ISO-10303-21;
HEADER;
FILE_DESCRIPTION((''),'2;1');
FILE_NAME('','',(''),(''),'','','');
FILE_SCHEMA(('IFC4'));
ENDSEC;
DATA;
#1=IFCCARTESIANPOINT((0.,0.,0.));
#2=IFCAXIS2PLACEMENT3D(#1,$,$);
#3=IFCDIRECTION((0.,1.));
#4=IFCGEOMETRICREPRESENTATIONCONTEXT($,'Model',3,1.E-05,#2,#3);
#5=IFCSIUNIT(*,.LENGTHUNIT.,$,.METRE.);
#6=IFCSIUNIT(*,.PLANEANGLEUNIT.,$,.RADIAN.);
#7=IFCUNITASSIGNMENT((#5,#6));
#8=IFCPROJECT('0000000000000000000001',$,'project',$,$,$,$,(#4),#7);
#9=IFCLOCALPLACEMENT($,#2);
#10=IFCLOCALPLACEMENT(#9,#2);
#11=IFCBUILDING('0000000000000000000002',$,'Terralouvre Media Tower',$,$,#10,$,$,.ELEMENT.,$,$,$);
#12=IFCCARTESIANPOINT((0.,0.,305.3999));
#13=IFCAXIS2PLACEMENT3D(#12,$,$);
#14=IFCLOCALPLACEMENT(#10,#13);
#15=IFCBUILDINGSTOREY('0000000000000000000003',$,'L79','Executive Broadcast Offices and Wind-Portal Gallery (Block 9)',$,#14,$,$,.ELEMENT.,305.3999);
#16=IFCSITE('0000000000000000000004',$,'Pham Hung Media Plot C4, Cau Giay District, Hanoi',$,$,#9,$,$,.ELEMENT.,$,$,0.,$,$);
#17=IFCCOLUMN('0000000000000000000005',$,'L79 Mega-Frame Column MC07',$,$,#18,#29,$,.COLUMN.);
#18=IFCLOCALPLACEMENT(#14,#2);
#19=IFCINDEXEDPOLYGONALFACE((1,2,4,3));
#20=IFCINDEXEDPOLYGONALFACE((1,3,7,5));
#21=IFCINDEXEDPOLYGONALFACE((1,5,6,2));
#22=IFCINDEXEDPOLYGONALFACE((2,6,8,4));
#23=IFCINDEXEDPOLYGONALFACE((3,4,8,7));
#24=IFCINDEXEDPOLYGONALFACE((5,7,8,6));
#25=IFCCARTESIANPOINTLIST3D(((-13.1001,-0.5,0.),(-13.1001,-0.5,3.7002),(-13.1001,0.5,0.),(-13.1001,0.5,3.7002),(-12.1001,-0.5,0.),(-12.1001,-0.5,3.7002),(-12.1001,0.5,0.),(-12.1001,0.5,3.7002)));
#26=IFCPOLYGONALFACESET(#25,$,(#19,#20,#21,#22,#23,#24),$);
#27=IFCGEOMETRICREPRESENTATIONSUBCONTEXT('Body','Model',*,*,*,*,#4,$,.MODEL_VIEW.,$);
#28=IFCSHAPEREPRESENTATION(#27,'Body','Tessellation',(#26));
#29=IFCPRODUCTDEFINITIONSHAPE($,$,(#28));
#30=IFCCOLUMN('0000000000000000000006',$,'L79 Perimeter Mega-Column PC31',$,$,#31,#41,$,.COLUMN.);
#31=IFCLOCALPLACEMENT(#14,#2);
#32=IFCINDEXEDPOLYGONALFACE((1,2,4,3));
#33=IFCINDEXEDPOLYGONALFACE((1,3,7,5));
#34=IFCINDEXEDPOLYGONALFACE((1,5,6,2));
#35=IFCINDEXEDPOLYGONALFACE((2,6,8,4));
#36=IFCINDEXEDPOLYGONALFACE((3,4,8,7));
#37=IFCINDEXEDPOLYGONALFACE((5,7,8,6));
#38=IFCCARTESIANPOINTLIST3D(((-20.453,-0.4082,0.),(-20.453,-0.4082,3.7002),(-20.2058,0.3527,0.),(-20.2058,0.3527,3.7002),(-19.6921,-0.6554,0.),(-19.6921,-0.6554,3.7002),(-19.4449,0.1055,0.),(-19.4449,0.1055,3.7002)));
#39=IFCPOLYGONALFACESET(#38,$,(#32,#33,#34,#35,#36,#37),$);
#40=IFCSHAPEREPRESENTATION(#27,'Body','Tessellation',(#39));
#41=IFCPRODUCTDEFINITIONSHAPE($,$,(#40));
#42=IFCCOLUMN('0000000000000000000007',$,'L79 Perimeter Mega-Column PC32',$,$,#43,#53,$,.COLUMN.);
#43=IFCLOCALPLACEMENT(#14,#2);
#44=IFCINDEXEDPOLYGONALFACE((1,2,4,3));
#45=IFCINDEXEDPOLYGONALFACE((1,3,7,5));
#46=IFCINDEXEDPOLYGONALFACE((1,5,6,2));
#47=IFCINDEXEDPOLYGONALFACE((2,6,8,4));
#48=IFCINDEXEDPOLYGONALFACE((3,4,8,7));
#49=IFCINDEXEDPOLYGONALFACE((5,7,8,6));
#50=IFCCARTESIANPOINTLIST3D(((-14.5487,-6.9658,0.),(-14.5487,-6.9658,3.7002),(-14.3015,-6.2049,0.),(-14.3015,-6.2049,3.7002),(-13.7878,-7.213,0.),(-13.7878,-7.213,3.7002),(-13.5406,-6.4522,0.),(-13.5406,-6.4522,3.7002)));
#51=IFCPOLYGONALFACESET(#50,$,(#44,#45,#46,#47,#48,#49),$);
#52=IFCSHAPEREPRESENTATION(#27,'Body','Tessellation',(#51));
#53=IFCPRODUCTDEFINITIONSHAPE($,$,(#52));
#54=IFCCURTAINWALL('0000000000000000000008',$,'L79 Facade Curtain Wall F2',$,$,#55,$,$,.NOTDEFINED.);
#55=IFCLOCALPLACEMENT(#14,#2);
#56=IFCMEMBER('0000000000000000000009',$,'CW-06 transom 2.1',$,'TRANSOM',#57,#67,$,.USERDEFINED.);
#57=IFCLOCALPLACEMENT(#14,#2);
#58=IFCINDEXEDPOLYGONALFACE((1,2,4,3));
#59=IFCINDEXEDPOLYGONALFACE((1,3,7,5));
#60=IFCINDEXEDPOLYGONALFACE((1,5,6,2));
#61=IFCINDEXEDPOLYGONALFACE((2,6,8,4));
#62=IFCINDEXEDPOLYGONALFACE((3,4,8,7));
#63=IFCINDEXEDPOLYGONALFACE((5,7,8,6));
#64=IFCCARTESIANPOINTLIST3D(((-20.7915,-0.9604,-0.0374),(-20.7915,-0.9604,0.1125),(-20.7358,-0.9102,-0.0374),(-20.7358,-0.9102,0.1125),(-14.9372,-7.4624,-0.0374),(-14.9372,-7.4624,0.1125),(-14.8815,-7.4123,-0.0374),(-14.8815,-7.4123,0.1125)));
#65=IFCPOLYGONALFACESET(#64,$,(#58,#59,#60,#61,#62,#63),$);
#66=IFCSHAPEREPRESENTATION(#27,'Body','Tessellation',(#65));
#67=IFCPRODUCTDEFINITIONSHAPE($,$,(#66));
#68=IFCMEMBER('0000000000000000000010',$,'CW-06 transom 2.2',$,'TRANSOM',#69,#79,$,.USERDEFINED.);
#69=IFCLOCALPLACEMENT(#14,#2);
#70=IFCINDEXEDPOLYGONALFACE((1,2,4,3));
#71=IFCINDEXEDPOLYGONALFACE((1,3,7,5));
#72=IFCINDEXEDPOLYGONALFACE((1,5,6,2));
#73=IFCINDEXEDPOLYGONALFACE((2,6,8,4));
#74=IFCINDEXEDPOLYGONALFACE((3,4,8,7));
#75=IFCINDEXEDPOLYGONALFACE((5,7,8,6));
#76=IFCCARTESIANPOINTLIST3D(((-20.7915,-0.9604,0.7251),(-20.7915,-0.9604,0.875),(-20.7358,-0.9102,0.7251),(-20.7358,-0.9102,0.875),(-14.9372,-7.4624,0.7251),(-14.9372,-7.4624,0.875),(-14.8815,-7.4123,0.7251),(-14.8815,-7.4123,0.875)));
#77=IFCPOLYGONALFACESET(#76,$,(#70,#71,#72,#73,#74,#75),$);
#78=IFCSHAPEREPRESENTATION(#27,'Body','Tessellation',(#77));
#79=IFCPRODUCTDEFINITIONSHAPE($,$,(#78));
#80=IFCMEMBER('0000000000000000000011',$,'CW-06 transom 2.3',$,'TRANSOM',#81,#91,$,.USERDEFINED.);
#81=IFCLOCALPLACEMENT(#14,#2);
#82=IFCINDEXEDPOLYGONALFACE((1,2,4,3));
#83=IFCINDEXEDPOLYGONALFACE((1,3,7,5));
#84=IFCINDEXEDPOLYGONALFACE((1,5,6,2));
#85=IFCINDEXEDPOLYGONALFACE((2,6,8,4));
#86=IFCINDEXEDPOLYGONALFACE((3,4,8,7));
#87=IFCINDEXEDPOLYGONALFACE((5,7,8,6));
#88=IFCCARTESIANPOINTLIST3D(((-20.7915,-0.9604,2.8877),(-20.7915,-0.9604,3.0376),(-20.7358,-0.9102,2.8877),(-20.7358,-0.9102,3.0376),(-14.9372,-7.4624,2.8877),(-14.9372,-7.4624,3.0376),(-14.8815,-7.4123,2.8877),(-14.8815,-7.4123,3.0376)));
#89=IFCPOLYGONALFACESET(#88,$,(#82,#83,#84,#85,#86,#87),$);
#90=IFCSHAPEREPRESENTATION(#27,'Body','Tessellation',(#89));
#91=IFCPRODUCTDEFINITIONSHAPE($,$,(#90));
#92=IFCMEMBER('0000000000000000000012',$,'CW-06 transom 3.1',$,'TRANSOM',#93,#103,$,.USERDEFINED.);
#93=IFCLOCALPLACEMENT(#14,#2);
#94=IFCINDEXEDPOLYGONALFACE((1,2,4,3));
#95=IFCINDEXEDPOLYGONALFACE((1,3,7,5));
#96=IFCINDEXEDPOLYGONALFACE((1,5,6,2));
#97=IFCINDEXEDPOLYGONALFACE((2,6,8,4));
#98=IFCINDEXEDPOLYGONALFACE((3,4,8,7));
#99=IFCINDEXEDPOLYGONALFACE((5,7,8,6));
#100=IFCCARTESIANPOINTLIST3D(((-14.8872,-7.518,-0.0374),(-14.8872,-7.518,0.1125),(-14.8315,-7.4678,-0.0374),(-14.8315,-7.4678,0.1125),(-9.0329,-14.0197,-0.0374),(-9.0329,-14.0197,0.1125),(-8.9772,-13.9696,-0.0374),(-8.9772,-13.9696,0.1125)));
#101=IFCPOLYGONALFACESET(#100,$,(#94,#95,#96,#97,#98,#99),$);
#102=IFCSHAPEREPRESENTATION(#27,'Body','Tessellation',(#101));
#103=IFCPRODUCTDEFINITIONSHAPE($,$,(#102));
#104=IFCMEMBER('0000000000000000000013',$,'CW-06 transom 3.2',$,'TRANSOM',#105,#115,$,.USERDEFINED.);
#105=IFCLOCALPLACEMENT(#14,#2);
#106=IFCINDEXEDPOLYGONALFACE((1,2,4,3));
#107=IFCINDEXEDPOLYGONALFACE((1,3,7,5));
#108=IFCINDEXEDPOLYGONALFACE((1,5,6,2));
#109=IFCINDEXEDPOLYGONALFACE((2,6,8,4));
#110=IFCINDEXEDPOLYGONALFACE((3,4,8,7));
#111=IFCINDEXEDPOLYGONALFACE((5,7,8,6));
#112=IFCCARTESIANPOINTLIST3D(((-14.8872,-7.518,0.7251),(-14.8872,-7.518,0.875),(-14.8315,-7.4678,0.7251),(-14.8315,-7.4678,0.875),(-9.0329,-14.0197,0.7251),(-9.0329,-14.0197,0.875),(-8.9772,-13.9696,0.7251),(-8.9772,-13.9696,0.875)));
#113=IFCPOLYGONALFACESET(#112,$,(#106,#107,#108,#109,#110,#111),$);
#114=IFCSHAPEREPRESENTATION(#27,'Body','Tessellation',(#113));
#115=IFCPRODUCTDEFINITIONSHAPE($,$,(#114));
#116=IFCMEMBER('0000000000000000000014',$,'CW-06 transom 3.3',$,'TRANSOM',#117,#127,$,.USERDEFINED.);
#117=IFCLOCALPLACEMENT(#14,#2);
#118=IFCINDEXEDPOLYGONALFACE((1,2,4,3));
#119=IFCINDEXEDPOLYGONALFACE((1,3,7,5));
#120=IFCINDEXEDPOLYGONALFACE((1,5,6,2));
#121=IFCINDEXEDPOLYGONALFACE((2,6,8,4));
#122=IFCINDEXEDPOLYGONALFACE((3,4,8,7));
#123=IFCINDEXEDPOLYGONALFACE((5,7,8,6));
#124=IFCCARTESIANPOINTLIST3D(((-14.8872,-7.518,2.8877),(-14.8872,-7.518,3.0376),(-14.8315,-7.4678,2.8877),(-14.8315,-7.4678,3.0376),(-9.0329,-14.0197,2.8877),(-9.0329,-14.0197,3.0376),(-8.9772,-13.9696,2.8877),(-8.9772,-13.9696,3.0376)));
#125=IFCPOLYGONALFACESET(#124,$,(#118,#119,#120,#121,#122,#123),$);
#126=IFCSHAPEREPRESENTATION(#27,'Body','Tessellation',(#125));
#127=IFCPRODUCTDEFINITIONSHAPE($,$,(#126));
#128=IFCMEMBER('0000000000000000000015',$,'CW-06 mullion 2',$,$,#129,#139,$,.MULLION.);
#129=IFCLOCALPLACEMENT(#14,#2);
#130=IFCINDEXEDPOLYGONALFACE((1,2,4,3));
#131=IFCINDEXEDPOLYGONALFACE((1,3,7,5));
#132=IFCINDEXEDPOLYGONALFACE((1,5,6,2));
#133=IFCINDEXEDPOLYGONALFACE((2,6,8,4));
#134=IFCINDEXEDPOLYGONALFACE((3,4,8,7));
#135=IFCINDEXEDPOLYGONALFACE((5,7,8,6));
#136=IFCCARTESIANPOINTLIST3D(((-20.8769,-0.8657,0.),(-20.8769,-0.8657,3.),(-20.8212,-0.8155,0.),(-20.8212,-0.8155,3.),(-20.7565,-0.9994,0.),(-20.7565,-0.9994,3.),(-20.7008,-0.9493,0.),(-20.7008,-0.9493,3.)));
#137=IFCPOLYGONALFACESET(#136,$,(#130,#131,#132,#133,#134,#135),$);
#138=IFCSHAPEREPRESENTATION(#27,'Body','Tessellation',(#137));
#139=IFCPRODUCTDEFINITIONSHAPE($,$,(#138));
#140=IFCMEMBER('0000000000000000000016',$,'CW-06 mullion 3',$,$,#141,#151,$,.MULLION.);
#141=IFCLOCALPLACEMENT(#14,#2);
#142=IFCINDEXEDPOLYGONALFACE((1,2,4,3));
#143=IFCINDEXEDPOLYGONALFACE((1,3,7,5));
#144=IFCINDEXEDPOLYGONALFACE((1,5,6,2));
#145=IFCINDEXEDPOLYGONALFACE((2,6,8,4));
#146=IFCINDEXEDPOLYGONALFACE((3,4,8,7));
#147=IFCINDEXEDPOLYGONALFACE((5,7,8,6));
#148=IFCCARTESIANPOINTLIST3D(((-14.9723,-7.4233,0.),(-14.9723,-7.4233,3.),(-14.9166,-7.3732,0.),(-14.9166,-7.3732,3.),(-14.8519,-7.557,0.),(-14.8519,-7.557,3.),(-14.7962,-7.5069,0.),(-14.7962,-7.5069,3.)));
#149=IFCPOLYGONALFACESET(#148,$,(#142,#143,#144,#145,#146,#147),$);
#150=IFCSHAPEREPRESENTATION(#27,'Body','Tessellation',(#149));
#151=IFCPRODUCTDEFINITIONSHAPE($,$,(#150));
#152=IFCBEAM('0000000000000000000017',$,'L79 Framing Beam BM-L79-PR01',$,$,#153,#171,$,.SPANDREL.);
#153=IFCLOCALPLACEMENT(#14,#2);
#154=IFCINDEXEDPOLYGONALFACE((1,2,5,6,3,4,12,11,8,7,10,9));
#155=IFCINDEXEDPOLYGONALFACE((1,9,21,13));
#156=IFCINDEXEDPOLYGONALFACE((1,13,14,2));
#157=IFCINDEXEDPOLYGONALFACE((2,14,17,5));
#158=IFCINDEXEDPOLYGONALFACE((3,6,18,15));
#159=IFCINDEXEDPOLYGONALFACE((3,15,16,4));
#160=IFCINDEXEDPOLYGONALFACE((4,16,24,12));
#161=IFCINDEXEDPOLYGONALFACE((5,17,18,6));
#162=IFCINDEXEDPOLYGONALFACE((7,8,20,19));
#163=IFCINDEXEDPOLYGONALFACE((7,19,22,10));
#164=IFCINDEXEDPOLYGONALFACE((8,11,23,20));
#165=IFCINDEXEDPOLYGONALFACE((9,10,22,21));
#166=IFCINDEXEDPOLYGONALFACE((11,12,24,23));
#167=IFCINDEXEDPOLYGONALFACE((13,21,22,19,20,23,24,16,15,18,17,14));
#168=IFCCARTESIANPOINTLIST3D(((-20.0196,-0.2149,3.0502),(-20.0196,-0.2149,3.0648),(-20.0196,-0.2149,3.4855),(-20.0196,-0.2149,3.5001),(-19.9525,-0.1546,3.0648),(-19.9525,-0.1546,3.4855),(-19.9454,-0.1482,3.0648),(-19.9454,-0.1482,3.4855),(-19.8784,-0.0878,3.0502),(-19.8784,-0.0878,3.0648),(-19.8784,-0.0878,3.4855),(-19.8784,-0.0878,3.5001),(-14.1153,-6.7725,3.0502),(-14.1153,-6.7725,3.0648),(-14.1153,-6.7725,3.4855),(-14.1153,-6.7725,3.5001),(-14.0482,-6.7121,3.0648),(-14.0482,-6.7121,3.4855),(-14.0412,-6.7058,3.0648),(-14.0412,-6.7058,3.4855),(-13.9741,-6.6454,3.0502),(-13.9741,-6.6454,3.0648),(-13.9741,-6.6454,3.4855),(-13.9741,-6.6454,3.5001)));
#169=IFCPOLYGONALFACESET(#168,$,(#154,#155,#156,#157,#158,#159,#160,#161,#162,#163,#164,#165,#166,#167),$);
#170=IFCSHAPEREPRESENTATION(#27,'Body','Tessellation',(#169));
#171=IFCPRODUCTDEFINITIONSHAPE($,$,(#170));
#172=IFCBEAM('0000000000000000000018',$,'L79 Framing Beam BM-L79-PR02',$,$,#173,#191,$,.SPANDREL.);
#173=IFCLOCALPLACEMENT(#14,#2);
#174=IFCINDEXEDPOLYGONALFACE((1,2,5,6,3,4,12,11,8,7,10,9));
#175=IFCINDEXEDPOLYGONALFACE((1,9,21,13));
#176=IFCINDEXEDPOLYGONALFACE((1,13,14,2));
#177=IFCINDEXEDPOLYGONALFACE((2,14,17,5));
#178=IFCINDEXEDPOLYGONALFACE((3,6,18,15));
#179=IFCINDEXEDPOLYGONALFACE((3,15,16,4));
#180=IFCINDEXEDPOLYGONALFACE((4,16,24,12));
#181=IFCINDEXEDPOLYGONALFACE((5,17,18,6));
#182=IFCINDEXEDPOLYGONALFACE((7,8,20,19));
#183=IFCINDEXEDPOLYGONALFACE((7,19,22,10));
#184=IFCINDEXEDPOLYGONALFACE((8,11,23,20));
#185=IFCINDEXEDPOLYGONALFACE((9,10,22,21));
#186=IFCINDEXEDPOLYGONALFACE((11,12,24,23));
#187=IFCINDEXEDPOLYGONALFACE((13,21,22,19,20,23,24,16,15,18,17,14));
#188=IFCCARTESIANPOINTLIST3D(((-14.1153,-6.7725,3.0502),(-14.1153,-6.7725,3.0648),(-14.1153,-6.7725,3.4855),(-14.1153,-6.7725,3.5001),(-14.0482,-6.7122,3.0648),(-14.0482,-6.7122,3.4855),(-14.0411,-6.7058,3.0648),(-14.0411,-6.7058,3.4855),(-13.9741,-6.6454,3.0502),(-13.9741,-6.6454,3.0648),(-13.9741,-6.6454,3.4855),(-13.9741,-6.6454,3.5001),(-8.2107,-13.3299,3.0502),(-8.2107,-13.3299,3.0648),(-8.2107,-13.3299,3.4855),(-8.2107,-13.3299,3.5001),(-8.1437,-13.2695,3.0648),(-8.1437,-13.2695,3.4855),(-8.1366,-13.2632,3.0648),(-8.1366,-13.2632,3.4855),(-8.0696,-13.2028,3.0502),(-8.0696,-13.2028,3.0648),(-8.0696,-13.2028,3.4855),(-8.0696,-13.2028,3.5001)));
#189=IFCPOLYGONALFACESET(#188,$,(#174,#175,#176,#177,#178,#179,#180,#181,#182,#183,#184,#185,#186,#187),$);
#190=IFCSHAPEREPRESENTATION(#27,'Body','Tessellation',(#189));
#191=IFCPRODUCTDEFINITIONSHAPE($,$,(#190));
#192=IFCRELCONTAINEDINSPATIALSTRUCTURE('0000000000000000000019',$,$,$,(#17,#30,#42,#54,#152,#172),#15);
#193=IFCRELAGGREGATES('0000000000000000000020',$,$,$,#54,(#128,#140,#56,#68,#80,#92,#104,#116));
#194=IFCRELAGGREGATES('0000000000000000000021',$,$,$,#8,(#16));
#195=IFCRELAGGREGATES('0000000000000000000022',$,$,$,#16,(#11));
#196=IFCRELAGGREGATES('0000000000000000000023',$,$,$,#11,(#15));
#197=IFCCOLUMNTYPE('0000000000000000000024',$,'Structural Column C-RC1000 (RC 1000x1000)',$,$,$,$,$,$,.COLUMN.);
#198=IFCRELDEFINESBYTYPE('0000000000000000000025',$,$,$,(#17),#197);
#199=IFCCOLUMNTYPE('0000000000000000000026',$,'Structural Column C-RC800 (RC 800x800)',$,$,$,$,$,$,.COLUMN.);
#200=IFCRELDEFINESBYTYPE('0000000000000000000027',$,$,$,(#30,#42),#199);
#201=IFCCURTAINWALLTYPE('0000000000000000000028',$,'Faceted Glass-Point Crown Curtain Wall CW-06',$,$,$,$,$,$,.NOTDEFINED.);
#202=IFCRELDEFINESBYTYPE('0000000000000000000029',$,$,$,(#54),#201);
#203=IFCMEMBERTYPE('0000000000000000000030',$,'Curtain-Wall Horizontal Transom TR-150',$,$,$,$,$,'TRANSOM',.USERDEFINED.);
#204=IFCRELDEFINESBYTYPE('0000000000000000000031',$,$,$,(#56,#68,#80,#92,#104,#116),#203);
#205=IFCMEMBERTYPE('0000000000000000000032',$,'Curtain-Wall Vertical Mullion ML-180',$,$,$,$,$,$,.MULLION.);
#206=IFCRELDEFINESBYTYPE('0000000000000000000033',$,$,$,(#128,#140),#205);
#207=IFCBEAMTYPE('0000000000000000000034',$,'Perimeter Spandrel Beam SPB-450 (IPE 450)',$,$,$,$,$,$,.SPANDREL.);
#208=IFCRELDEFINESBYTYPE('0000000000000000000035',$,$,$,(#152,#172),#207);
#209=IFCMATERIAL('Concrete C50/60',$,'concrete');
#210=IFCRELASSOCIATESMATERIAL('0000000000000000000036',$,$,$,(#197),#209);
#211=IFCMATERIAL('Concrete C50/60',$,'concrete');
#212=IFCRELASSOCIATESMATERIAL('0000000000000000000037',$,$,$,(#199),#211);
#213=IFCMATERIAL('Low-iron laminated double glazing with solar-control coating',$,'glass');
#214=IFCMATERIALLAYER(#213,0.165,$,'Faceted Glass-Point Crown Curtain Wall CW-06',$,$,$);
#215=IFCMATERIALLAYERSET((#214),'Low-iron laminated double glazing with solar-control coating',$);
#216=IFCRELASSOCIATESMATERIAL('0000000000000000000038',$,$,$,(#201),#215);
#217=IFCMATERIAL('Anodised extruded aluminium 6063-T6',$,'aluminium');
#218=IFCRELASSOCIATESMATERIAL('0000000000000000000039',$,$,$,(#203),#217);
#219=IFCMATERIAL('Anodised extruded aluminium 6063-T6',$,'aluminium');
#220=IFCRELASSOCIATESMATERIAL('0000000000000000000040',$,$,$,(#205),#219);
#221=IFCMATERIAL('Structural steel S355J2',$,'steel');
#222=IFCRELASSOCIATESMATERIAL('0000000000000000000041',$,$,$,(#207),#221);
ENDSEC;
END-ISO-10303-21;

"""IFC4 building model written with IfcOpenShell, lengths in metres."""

from ifc_helpers import new_model, si_unit, direction, frame, origin, origin_2d, place, context, subcontext, project, spatial, rectangle, i_section, extrude, material, layer, layer_set, material_profile, profile_set, type_object, element, aggregate, save


model = new_model("IFC4")

# Units and contexts
model_context = context("Model", 3, precision=1e-05, world=origin(), true_north=direction((0.0, 1.0)))
body_context = subcontext(model_context, "Body", "Model", "MODEL_VIEW")
ifc_project = project(units=[si_unit("LENGTHUNIT", "METRE"), si_unit("PLANEANGLEUNIT", "RADIAN")], contexts=[model_context])

# Site, building, storey
site_placement = place(None, origin())
site = spatial("IfcSite", under=ifc_project, at=site_placement, Name="Pham Hung Media Plot C4, Cau Giay District, Hanoi", CompositionType="ELEMENT", RefElevation=0.0)
building_placement = place(site_placement, origin())
building = spatial("IfcBuilding", under=site, at=building_placement, Name="Terralouvre Media Tower", CompositionType="ELEMENT")
storey_placement = place(building_placement, frame((0.0, 0.0, 305.3999)))
storey = spatial("IfcBuildingStorey", under=building, at=storey_placement, Name="L79", Description="Executive Broadcast Offices and Wind-Portal Gallery (Block 9)", CompositionType="ELEMENT", Elevation=305.3999)

# Columns
ifc_material_1 = material(Name="Concrete C50/60", Category="concrete")
ifc_material_profile_1 = material_profile(ifc_material_1, rectangle(XDim=1.0, YDim=1.0, at=origin_2d()), Name="RC 1000x1000")
ifc_profile_set_1 = profile_set([ifc_material_profile_1], Name="Concrete C50/60")
column_type_1 = type_object("IfcColumnType", Name="Structural Column C-RC1000 (RC 1000x1000)", PredefinedType="COLUMN", material=ifc_profile_set_1)
column_placement = place(storey_placement, frame((-12.6001, 0.0, 0.0), z_axis=(0.0, 0.0, 1.0), x_axis=(1.0, 0.0, 0.0)))
element("IfcColumn", 1, at=column_placement, inside=storey, type_object=column_type_1, Name="L79 Mega-Frame Column MC07", PredefinedType="COLUMN", context=body_context, shape_type="SweptSolid", body=[
    extrude(rectangle(XDim=1.0, YDim=1.0, at=origin_2d()), origin(), (0.0, 0.0, 1.0), 3.7002),
])
ifc_material_2 = material(Name="Concrete C50/60", Category="concrete")
ifc_material_profile_2 = material_profile(ifc_material_2, rectangle(XDim=0.8, YDim=0.8, at=origin_2d()), Name="RC 800x800")
ifc_profile_set_2 = profile_set([ifc_material_profile_2], Name="Concrete C50/60")
column_type_2 = type_object("IfcColumnType", Name="Structural Column C-RC800 (RC 800x800)", PredefinedType="COLUMN", material=ifc_profile_set_2)
for number, where, z_axis, x_axis, name in (
    (2, (-19.949, -0.1514, 0.0), (0.0, 0.0, 1.0), (0.309017, 0.951057, 0.0), "L79 Perimeter Mega-Column PC31"),
    (3, (-14.0447, -6.709, 0.0), (0.0, 0.0, 1.0), (0.309017, 0.951057, 0.0), "L79 Perimeter Mega-Column PC32"),
):
    element("IfcColumn", number, at=place(storey_placement, frame(where, z_axis=z_axis, x_axis=x_axis)), inside=storey, type_object=column_type_2, Name=name, PredefinedType="COLUMN", context=body_context, shape_type="SweptSolid", body=[
        extrude(rectangle(XDim=0.8, YDim=0.8, at=origin_2d()), origin(), (0.0, 0.0, 1.0), 3.7002),
    ])

# Curtain wall, members
ifc_material_3 = material(Name="Low-iron laminated double glazing with solar-control coating", Category="glass")
ifc_layer_1 = layer(ifc_material_3, 0.165, Name="Faceted Glass-Point Crown Curtain Wall CW-06")
ifc_layer_set_1 = layer_set([ifc_layer_1], Name="Low-iron laminated double glazing with solar-control coating")
curtain_wall_type = type_object("IfcCurtainWallType", Name="Faceted Glass-Point Crown Curtain Wall CW-06", PredefinedType="NOTDEFINED", material=ifc_layer_set_1)
curtain_wall_placement = place(storey_placement, origin())
curtain_wall = element("IfcCurtainWall", 4, at=curtain_wall_placement, inside=storey, type_object=curtain_wall_type, Name="L79 Facade Curtain Wall F2", PredefinedType="NOTDEFINED")
ifc_material_4 = material(Name="Anodised extruded aluminium 6063-T6", Category="aluminium")
ifc_material_profile_3 = material_profile(ifc_material_4, rectangle(XDim=0.075, YDim=0.1499, at=origin_2d()), Name="ALU 75x150")
ifc_profile_set_3 = profile_set([ifc_material_profile_3], Name="Anodised extruded aluminium 6063-T6")
member_type_1 = type_object("IfcMemberType", Name="Curtain-Wall Horizontal Transom TR-150", ElementType="TRANSOM", PredefinedType="USERDEFINED", material=ifc_profile_set_3)
member_1_placement = place(storey_placement, frame((-20.7637, -0.9353, 0.0376), z_axis=(0.669122, -0.743153, 0.0), x_axis=(0.743153, 0.669122, 0.0)))
member_1 = element("IfcMember", 5, at=member_1_placement, type_object=member_type_1, Name="CW-06 transom 2.1", ObjectType="TRANSOM", PredefinedType="USERDEFINED", context=body_context, shape_type="SweptSolid", body=[
    extrude(rectangle(XDim=0.075, YDim=0.1499, at=origin_2d()), origin(), (0.0, 0.0, 1.0), 8.7493),
])
member_2_placement = place(storey_placement, frame((-20.7637, -0.9353, 0.8), z_axis=(0.669122, -0.743153, 0.0), x_axis=(0.743153, 0.669122, 0.0)))
member_2 = element("IfcMember", 6, at=member_2_placement, type_object=member_type_1, Name="CW-06 transom 2.2", ObjectType="TRANSOM", PredefinedType="USERDEFINED", context=body_context, shape_type="SweptSolid", body=[
    extrude(rectangle(XDim=0.075, YDim=0.1499, at=origin_2d()), origin(), (0.0, 0.0, 1.0), 8.7493),
])
member_3_placement = place(storey_placement, frame((-20.7637, -0.9353, 2.9626), z_axis=(0.669122, -0.743153, 0.0), x_axis=(0.743153, 0.669122, 0.0)))
member_3 = element("IfcMember", 7, at=member_3_placement, type_object=member_type_1, Name="CW-06 transom 2.3", ObjectType="TRANSOM", PredefinedType="USERDEFINED", context=body_context, shape_type="SweptSolid", body=[
    extrude(rectangle(XDim=0.075, YDim=0.1499, at=origin_2d()), origin(), (0.0, 0.0, 1.0), 8.7493),
])
member_4_placement = place(storey_placement, frame((-14.8594, -7.4929, 0.0376), z_axis=(0.669136, -0.74314, 0.0), x_axis=(0.74314, 0.669136, 0.0)))
member_4 = element("IfcMember", 8, at=member_4_placement, type_object=member_type_1, Name="CW-06 transom 3.1", ObjectType="TRANSOM", PredefinedType="USERDEFINED", context=body_context, shape_type="SweptSolid", body=[
    extrude(rectangle(XDim=0.075, YDim=0.1499, at=origin_2d()), origin(), (0.0, 0.0, 1.0), 8.749),
])
member_5_placement = place(storey_placement, frame((-14.8594, -7.4929, 0.8), z_axis=(0.669136, -0.74314, 0.0), x_axis=(0.74314, 0.669136, 0.0)))
member_5 = element("IfcMember", 9, at=member_5_placement, type_object=member_type_1, Name="CW-06 transom 3.2", ObjectType="TRANSOM", PredefinedType="USERDEFINED", context=body_context, shape_type="SweptSolid", body=[
    extrude(rectangle(XDim=0.075, YDim=0.1499, at=origin_2d()), origin(), (0.0, 0.0, 1.0), 8.749),
])
member_6_placement = place(storey_placement, frame((-14.8594, -7.4929, 2.9626), z_axis=(0.669136, -0.74314, 0.0), x_axis=(0.74314, 0.669136, 0.0)))
member_6 = element("IfcMember", 10, at=member_6_placement, type_object=member_type_1, Name="CW-06 transom 3.3", ObjectType="TRANSOM", PredefinedType="USERDEFINED", context=body_context, shape_type="SweptSolid", body=[
    extrude(rectangle(XDim=0.075, YDim=0.1499, at=origin_2d()), origin(), (0.0, 0.0, 1.0), 8.749),
])
ifc_material_5 = material(Name="Anodised extruded aluminium 6063-T6", Category="aluminium")
ifc_material_profile_4 = material_profile(ifc_material_5, rectangle(XDim=0.075, YDim=0.1799, at=origin_2d()), Name="ALU 75x180")
ifc_profile_set_4 = profile_set([ifc_material_profile_4], Name="Anodised extruded aluminium 6063-T6")
member_type_2 = type_object("IfcMemberType", Name="Curtain-Wall Vertical Mullion ML-180", PredefinedType="MULLION", material=ifc_profile_set_4)
member_7_placement = place(storey_placement, frame((-20.7888, -0.9075, 0.0), z_axis=(0.0, 0.0, 1.0), x_axis=(0.743145, 0.669131, 0.0)))
member_7 = element("IfcMember", 11, at=member_7_placement, type_object=member_type_2, Name="CW-06 mullion 2", PredefinedType="MULLION", context=body_context, shape_type="SweptSolid", body=[
    extrude(rectangle(XDim=0.075, YDim=0.1799, at=origin_2d()), origin(), (0.0, 0.0, 1.0), 3.0),
])
member_8_placement = place(storey_placement, frame((-14.8843, -7.4651, 0.0), z_axis=(0.0, 0.0, 1.0), x_axis=(0.743145, 0.669131, 0.0)))
member_8 = element("IfcMember", 12, at=member_8_placement, type_object=member_type_2, Name="CW-06 mullion 3", PredefinedType="MULLION", context=body_context, shape_type="SweptSolid", body=[
    extrude(rectangle(XDim=0.075, YDim=0.1799, at=origin_2d()), origin(), (0.0, 0.0, 1.0), 3.0),
])

# Beams
ifc_material_6 = material(Name="Structural steel S355J2", Category="steel")
ifc_material_profile_5 = material_profile(ifc_material_6, i_section(OverallWidth=0.1899, OverallDepth=0.45, WebThickness=0.0095, FlangeThickness=0.0146, at=origin_2d()), Name="IPE 450")
ifc_profile_set_5 = profile_set([ifc_material_profile_5], Name="Structural steel S355J2")
beam_type_1 = type_object("IfcBeamType", Name="Perimeter Spandrel Beam SPB-450 (IPE 450)", PredefinedType="SPANDREL", material=ifc_profile_set_5)
for number, where, z_axis, x_axis, name in (
    (13, (-19.949, -0.1514, 3.2751), (0.669118, -0.743157, 0.0), (0.743157, 0.669118, 0.0), "L79 Framing Beam BM-L79-PR01"),
    (14, (-14.0447, -6.709, 3.2751), (0.669147, -0.74313, 0.0), (0.74313, 0.669147, 0.0), "L79 Framing Beam BM-L79-PR02"),
):
    element("IfcBeam", number, at=place(storey_placement, frame(where, z_axis=z_axis, x_axis=x_axis)), inside=storey, type_object=beam_type_1, Name=name, PredefinedType="SPANDREL", context=body_context, shape_type="SweptSolid", body=[
        extrude(i_section(OverallWidth=0.1899, OverallDepth=0.45, WebThickness=0.0095, FlangeThickness=0.0146, at=origin_2d()), origin(), (0.0, 0.0, 1.0), 8.824),
    ])

aggregate(curtain_wall, [member_7, member_8, member_1, member_2, member_3, member_4, member_5, member_6])

save(model, "model.ifc")
